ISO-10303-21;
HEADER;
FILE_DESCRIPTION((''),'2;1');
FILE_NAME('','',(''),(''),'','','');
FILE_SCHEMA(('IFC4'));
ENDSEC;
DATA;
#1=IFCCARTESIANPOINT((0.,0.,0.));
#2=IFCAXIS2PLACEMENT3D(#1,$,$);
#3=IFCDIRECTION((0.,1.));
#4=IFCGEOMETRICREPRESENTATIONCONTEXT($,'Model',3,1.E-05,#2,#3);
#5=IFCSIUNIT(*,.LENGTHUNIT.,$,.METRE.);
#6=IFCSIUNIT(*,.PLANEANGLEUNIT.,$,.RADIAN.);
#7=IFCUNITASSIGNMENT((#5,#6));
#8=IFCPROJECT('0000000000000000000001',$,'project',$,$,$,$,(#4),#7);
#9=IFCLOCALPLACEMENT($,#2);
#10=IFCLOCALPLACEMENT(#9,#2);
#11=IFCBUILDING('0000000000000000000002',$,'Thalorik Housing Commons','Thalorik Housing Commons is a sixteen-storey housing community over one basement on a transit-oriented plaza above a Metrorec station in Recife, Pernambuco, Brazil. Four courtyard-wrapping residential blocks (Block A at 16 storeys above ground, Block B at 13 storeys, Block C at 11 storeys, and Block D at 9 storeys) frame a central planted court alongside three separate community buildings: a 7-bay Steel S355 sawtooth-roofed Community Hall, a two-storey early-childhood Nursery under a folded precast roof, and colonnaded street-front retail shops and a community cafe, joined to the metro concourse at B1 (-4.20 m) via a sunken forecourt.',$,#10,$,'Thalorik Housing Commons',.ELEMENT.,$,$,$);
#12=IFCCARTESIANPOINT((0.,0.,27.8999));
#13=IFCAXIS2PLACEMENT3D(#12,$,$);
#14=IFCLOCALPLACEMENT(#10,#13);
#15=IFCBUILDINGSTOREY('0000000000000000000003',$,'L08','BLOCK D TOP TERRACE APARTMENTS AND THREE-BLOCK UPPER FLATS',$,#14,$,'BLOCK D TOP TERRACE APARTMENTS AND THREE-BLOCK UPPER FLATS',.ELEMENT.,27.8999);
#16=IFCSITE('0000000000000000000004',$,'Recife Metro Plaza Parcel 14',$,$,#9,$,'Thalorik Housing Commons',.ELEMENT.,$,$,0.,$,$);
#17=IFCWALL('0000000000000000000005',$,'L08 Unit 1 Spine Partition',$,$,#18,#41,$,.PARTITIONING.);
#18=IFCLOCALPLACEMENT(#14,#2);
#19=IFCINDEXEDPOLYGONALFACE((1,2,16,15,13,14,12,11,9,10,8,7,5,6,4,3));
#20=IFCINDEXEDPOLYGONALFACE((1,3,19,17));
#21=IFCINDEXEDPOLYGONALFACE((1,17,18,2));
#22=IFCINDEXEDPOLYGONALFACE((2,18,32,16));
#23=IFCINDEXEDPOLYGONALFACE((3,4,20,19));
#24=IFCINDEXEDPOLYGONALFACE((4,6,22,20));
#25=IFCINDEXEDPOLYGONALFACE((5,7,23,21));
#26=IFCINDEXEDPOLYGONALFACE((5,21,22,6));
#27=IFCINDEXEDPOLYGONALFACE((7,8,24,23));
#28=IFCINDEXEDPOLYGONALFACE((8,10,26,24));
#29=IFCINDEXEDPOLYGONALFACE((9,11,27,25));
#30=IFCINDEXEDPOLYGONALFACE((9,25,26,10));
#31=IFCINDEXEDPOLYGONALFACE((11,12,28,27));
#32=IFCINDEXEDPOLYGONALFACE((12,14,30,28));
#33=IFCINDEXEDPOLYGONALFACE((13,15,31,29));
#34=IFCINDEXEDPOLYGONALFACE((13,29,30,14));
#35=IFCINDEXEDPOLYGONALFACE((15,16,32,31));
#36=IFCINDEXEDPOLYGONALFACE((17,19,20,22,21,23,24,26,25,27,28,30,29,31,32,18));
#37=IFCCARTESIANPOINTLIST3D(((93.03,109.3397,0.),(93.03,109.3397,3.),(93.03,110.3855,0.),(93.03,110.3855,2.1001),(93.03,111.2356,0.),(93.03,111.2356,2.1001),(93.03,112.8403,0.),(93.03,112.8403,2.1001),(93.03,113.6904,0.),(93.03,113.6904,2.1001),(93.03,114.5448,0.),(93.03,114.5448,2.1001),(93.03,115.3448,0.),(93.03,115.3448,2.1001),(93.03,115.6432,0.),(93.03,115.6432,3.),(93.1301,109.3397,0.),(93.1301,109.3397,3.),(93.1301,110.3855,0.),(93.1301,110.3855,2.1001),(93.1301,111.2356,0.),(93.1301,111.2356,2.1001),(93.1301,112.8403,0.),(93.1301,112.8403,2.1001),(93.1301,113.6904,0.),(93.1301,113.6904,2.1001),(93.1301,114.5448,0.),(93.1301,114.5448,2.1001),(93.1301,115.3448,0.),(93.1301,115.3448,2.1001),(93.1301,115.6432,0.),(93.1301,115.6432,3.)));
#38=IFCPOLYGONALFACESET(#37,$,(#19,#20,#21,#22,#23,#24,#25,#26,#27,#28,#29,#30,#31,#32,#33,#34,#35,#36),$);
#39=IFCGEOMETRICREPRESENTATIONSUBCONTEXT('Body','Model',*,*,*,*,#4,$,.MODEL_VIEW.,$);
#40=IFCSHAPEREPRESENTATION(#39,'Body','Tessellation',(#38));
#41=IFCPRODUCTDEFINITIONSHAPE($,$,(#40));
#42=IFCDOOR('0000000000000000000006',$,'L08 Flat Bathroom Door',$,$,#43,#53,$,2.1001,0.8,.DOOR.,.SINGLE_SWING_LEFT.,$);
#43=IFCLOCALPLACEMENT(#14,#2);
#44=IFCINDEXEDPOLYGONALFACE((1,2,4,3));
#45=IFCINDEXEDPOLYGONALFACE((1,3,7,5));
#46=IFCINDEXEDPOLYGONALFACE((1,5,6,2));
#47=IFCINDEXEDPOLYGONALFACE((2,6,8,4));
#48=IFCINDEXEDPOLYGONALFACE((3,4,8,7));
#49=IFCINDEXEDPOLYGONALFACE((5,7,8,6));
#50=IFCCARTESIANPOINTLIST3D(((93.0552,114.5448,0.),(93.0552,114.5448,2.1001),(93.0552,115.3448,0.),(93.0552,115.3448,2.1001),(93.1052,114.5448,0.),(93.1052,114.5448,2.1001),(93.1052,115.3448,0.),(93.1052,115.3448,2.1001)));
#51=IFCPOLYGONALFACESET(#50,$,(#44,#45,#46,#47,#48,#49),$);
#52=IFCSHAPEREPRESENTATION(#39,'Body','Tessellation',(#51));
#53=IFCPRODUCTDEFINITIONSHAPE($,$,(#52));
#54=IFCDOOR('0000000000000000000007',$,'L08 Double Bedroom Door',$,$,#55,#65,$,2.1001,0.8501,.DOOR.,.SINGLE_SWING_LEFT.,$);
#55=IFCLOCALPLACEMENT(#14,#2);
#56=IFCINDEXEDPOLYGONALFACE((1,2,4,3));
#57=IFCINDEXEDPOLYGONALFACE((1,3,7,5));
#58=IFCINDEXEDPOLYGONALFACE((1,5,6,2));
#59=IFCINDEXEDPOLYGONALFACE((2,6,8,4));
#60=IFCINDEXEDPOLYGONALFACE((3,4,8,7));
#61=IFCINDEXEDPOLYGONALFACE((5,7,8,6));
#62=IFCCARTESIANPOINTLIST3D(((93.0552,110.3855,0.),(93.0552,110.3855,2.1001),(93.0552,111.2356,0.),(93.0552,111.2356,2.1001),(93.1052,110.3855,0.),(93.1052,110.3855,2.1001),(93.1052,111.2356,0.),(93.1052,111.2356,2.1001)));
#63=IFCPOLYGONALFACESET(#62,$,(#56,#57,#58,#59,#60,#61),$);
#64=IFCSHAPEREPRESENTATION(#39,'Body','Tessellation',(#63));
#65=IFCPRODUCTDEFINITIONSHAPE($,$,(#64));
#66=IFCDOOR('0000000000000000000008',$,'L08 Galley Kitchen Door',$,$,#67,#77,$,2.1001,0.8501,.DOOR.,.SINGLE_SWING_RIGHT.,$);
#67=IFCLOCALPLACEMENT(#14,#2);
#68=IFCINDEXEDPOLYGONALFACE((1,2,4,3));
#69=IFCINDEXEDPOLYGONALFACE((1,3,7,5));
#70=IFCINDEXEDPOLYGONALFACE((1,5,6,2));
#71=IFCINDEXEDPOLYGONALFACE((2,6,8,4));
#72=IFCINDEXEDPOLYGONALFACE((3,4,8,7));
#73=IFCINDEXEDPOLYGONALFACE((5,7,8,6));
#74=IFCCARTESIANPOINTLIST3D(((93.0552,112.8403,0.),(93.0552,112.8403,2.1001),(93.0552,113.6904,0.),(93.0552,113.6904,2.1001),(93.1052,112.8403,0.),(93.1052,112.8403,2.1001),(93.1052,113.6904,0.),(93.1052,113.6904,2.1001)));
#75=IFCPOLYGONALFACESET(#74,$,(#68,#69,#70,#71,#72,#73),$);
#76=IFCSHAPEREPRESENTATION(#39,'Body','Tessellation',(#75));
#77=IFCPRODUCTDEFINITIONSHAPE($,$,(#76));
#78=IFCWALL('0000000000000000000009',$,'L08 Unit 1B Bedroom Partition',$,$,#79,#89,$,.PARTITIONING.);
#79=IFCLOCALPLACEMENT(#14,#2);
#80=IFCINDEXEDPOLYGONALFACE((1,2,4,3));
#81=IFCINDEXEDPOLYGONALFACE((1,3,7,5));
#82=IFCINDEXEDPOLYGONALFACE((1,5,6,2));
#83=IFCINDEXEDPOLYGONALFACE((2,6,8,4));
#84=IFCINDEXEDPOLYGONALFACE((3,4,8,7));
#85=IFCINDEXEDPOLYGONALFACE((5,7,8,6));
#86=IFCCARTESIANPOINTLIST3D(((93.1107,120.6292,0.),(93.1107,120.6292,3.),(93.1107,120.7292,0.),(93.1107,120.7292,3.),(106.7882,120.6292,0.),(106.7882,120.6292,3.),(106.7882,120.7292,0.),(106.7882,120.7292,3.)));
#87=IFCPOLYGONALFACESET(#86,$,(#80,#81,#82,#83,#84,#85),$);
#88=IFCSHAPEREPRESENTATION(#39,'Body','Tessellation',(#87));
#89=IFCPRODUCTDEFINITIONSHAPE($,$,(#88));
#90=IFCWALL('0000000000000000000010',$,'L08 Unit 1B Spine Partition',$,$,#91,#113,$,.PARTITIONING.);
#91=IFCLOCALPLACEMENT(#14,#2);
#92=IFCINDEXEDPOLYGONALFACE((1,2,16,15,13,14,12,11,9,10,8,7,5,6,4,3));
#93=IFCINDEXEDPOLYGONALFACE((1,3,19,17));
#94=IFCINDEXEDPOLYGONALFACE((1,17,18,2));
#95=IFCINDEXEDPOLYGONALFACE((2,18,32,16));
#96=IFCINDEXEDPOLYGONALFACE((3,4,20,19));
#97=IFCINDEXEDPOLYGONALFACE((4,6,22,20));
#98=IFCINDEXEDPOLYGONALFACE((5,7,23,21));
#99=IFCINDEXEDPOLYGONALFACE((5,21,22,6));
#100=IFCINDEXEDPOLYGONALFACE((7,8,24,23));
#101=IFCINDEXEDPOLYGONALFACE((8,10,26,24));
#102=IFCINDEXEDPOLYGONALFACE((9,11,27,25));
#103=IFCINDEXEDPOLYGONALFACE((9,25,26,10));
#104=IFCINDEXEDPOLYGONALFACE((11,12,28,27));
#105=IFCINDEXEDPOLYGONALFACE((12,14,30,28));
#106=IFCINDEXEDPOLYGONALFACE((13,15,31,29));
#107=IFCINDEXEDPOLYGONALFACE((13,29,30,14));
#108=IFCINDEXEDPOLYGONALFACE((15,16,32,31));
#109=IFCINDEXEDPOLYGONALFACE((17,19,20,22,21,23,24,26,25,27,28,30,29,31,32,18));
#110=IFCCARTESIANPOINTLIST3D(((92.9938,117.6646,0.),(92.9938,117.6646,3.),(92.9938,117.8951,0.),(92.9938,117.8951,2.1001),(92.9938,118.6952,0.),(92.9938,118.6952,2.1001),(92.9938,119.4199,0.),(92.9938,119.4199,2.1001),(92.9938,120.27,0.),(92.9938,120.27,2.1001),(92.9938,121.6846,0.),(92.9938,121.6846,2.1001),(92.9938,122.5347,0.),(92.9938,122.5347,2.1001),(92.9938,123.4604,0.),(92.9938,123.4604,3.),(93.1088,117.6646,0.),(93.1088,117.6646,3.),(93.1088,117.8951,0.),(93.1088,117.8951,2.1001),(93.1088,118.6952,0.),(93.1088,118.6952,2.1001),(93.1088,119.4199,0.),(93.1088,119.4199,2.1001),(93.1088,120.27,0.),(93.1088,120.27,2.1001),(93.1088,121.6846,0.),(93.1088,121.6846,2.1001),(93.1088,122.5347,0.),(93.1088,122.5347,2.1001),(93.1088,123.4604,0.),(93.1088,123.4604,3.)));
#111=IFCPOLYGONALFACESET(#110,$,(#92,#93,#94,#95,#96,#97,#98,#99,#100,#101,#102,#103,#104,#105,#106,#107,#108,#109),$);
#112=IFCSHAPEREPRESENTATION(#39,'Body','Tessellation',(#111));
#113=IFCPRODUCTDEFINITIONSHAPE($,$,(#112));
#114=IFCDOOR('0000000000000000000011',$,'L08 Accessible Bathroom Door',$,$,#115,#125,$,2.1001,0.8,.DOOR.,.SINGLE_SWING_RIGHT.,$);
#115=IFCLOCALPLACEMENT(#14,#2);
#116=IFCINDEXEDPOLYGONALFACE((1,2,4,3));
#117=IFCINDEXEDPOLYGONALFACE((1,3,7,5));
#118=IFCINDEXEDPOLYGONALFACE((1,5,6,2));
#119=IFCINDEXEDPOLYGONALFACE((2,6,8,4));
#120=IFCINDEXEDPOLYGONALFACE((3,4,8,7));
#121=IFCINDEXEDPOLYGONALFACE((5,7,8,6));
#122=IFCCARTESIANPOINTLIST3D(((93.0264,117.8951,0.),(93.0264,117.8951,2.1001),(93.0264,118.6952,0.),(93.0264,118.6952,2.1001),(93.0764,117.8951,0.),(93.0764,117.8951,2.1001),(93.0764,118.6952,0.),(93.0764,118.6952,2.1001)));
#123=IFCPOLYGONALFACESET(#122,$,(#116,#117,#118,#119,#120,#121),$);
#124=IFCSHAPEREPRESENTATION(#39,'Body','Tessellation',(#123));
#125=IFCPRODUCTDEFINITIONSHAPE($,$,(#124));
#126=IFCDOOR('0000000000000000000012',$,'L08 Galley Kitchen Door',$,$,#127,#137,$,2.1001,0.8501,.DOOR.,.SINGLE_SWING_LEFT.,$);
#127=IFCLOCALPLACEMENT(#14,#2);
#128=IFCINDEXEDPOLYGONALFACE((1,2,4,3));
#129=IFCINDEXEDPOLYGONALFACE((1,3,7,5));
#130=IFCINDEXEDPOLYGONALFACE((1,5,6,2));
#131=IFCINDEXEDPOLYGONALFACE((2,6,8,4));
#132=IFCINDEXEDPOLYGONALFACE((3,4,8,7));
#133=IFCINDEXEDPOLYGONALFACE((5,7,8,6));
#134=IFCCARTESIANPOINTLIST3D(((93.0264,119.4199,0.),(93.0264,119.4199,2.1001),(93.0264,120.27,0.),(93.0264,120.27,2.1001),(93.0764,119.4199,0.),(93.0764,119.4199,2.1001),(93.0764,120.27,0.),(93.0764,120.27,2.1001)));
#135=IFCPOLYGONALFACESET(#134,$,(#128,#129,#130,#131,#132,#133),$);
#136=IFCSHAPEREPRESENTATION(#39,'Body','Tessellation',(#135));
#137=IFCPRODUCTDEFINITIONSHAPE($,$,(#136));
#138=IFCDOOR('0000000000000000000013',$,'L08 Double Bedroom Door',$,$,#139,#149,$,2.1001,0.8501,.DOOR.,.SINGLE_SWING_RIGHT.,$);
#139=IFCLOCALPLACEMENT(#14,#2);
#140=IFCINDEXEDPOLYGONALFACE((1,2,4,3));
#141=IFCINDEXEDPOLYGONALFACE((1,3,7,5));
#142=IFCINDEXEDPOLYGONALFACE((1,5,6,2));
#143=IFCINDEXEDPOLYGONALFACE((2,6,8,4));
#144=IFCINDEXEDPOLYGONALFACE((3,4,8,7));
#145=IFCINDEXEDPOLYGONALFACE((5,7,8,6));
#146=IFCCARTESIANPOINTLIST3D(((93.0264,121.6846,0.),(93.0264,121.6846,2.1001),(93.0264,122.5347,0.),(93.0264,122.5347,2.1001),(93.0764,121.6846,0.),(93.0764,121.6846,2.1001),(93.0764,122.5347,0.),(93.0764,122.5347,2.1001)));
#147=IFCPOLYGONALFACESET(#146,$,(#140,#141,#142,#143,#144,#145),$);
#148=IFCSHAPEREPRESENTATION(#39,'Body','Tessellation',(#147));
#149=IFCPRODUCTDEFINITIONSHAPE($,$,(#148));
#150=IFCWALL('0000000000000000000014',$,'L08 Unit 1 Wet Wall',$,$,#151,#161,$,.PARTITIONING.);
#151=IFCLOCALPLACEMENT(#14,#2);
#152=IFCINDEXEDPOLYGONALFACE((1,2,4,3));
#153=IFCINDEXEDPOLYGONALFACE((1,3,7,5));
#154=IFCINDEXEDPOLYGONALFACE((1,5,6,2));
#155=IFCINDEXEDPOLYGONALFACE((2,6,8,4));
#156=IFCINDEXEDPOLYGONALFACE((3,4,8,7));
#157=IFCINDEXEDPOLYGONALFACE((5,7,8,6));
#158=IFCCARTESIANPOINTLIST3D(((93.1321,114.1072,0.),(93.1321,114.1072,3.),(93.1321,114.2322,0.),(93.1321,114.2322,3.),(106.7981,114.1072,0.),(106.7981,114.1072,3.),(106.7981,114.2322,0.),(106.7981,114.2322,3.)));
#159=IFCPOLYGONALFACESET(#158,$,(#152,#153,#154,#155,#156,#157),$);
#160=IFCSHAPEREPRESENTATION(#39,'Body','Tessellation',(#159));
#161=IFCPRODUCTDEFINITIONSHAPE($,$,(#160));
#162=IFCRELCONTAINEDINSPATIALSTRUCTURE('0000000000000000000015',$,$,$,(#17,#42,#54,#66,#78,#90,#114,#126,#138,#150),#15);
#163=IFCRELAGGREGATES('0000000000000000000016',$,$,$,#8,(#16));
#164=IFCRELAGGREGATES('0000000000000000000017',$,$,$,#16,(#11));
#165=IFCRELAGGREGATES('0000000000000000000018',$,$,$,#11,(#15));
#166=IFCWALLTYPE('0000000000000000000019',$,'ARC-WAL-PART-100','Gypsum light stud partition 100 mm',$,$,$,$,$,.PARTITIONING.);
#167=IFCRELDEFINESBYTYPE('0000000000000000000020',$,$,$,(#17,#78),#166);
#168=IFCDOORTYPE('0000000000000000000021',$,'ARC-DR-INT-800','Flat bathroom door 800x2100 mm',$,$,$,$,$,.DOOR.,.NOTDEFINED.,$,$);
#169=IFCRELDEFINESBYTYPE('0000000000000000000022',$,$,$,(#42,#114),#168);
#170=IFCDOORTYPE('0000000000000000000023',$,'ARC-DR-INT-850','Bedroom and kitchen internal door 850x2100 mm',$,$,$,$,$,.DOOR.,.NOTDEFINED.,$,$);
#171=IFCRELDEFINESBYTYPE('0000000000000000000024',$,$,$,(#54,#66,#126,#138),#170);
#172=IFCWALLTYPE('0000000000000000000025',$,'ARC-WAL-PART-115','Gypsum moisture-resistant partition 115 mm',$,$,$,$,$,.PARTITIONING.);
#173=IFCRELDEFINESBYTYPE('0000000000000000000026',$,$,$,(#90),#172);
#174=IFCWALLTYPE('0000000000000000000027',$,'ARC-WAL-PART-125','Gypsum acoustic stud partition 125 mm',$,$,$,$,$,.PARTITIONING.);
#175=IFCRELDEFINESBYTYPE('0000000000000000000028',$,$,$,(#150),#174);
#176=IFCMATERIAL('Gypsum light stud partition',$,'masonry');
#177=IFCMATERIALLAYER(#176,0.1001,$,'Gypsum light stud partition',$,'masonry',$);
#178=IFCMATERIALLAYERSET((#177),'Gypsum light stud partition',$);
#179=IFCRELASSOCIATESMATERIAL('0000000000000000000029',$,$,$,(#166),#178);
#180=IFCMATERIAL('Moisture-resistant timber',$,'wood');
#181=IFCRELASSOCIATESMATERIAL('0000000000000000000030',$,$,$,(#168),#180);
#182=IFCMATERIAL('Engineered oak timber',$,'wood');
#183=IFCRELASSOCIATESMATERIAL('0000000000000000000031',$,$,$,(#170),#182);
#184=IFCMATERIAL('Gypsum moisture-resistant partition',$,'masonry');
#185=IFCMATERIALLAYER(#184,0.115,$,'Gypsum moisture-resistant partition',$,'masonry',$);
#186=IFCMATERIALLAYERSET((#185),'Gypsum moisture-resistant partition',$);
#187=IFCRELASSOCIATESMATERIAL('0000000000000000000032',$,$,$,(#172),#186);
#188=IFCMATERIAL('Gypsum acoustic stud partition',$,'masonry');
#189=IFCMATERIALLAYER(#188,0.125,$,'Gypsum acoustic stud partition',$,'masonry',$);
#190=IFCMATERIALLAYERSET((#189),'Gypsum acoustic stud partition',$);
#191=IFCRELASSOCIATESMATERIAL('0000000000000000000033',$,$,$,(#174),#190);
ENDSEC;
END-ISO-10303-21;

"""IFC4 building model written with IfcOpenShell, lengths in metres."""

from ifc_helpers import new_model, si_unit, direction, frame, frame_2d, origin, place, context, subcontext, project, spatial, rectangle, extrude, material, layer, layer_set, type_object, element, fill, save


model = new_model("IFC4")

# Units and contexts
model_context = context("Model", 3, precision=1e-05, world=origin(), true_north=direction((0.0, 1.0)))
body_context = subcontext(model_context, "Body", "Model", "MODEL_VIEW")
ifc_project = project(units=[si_unit("LENGTHUNIT", "METRE"), si_unit("PLANEANGLEUNIT", "RADIAN")], contexts=[model_context])

# Site, building, storey
site_placement = place(None, origin())
site = spatial("IfcSite", under=ifc_project, at=site_placement, Name="Recife Metro Plaza Parcel 14", LongName="Thalorik Housing Commons", CompositionType="ELEMENT", RefElevation=0.0)
building_placement = place(site_placement, origin())
building = spatial("IfcBuilding", under=site, at=building_placement, Name="Thalorik Housing Commons", Description="Thalorik Housing Commons is a sixteen-storey housing community over one basement on a transit-oriented plaza above a Metrorec station in Recife, Pernambuco, Brazil. Four courtyard-wrapping residential blocks (Block A at 16 storeys above ground, Block B at 13 storeys, Block C at 11 storeys, and Block D at 9 storeys) frame a central planted court alongside three separate community buildings: a 7-bay Steel S355 sawtooth-roofed Community Hall, a two-storey early-childhood Nursery under a folded precast roof, and colonnaded street-front retail shops and a community cafe, joined to the metro concourse at B1 (-4.20 m) via a sunken forecourt.", LongName="Thalorik Housing Commons", CompositionType="ELEMENT")
storey_placement = place(building_placement, frame((0.0, 0.0, 27.8999)))
storey = spatial("IfcBuildingStorey", under=building, at=storey_placement, Name="L08", Description="BLOCK D TOP TERRACE APARTMENTS AND THREE-BLOCK UPPER FLATS", LongName="BLOCK D TOP TERRACE APARTMENTS AND THREE-BLOCK UPPER FLATS", CompositionType="ELEMENT", Elevation=27.8999)

# Wall, openings, doors
ifc_material_1 = material(Name="Gypsum light stud partition", Category="masonry")
ifc_layer_1 = layer(ifc_material_1, 0.1001, Name="Gypsum light stud partition", Category="masonry")
ifc_layer_set_1 = layer_set([ifc_layer_1], Name="Gypsum light stud partition")
wall_type_1 = type_object("IfcWallType", Name="ARC-WAL-PART-100", Description="Gypsum light stud partition 100 mm", PredefinedType="PARTITIONING", material=ifc_layer_set_1)
wall_1_placement = place(storey_placement, frame((93.0801, 109.3396, 0.0), z_axis=(0.0, 0.0, 1.0), x_axis=(0.0, 1.0, 0.0)))
wall_1 = element("IfcWall", 1, at=wall_1_placement, inside=storey, type_object=wall_type_1, Name="L08 Unit 1 Spine Partition", PredefinedType="PARTITIONING", context=body_context, shape_type="SweptSolid", body=[
    extrude(rectangle(XDim=6.3035, YDim=0.1001, at=frame_2d((3.1519, 0.0))), origin(), (0.0, 0.0, 1.0), 3.0),
])
opening_1_placement = place(wall_1_placement, frame((1.0459, 0.0, 0.0)))
opening_1 = element("IfcOpeningElement", 2, at=opening_1_placement, cuts=wall_1, PredefinedType="OPENING", context=body_context, shape_type="SweptSolid", body=[
    extrude(rectangle(XDim=0.8501, YDim=2.1001, at=frame_2d((0.425, 1.05))), frame((0.0, 0.0601, 0.0), z_axis=(0.0, -1.0, 0.0), x_axis=(1.0, 0.0, 0.0)), (0.0, 0.0, 1.0), 0.1201),
])
opening_2_placement = place(wall_1_placement, frame((3.5007, 0.0, 0.0)))
opening_2 = element("IfcOpeningElement", 3, at=opening_2_placement, cuts=wall_1, PredefinedType="OPENING", context=body_context, shape_type="SweptSolid", body=[
    extrude(rectangle(XDim=0.8501, YDim=2.1001, at=frame_2d((0.425, 1.05))), frame((0.0, 0.0601, 0.0), z_axis=(0.0, -1.0, 0.0), x_axis=(1.0, 0.0, 0.0)), (0.0, 0.0, 1.0), 0.1201),
])
opening_3_placement = place(wall_1_placement, frame((5.2053, 0.0, 0.0)))
opening_3 = element("IfcOpeningElement", 4, at=opening_3_placement, cuts=wall_1, PredefinedType="OPENING", context=body_context, shape_type="SweptSolid", body=[
    extrude(rectangle(XDim=0.8, YDim=2.1001, at=frame_2d((0.3999, 1.05))), frame((0.0, 0.0601, 0.0), z_axis=(0.0, -1.0, 0.0), x_axis=(1.0, 0.0, 0.0)), (0.0, 0.0, 1.0), 0.1201),
])
ifc_material_2 = material(Name="Moisture-resistant timber", Category="wood")
door_type_1 = type_object("IfcDoorType", Name="ARC-DR-INT-800", Description="Flat bathroom door 800x2100 mm", OperationType="NOTDEFINED", PredefinedType="DOOR", material=ifc_material_2)
door_1_placement = place(opening_3_placement, origin())
door_1 = element("IfcDoor", 5, at=door_1_placement, inside=storey, type_object=door_type_1, Name="L08 Flat Bathroom Door", OperationType="SINGLE_SWING_LEFT", OverallHeight=2.1001, OverallWidth=0.8, PredefinedType="DOOR", context=body_context, shape_type="SweptSolid", body=[
    extrude(rectangle(XDim=0.8, YDim=2.1001, at=frame_2d((0.3999, 1.05))), frame((0.0, 0.0249, 0.0), z_axis=(0.0, -1.0, 0.0), x_axis=(1.0, 0.0, 0.0)), (0.0, 0.0, 1.0), 0.05),
])
fill(opening_3, door_1)
ifc_material_3 = material(Name="Engineered oak timber", Category="wood")
door_type_2 = type_object("IfcDoorType", Name="ARC-DR-INT-850", Description="Bedroom and kitchen internal door 850x2100 mm", OperationType="NOTDEFINED", PredefinedType="DOOR", material=ifc_material_3)
door_2_placement = place(opening_1_placement, origin())
door_2 = element("IfcDoor", 6, at=door_2_placement, inside=storey, type_object=door_type_2, Name="L08 Double Bedroom Door", OperationType="SINGLE_SWING_LEFT", OverallHeight=2.1001, OverallWidth=0.8501, PredefinedType="DOOR", context=body_context, shape_type="SweptSolid", body=[
    extrude(rectangle(XDim=0.8501, YDim=2.1001, at=frame_2d((0.425, 1.05))), frame((0.0, 0.0249, 0.0), z_axis=(0.0, -1.0, 0.0), x_axis=(1.0, 0.0, 0.0)), (0.0, 0.0, 1.0), 0.05),
])
fill(opening_1, door_2)
door_3_placement = place(opening_2_placement, origin())
door_3 = element("IfcDoor", 7, at=door_3_placement, inside=storey, type_object=door_type_2, Name="L08 Galley Kitchen Door", OperationType="SINGLE_SWING_RIGHT", OverallHeight=2.1001, OverallWidth=0.8501, PredefinedType="DOOR", context=body_context, shape_type="SweptSolid", body=[
    extrude(rectangle(XDim=0.8501, YDim=2.1001, at=frame_2d((0.425, 1.05))), frame((0.0, 0.0249, 0.0), z_axis=(0.0, -1.0, 0.0), x_axis=(1.0, 0.0, 0.0)), (0.0, 0.0, 1.0), 0.05),
])
fill(opening_2, door_3)

# Wall
wall_2_placement = place(storey_placement, frame((93.1106, 120.6792, 0.0), z_axis=(0.0, 0.0, 1.0), x_axis=(1.0, 0.0, 0.0)))
element("IfcWall", 8, at=wall_2_placement, inside=storey, type_object=wall_type_1, Name="L08 Unit 1B Bedroom Partition", PredefinedType="PARTITIONING", context=body_context, shape_type="SweptSolid", body=[
    extrude(rectangle(XDim=13.6775, YDim=0.1001, at=frame_2d((6.8389, 0.0))), origin(), (0.0, 0.0, 1.0), 3.0),
])

# Wall, openings, doors
ifc_material_4 = material(Name="Gypsum moisture-resistant partition", Category="masonry")
ifc_layer_2 = layer(ifc_material_4, 0.115, Name="Gypsum moisture-resistant partition", Category="masonry")
ifc_layer_set_2 = layer_set([ifc_layer_2], Name="Gypsum moisture-resistant partition")
wall_type_2 = type_object("IfcWallType", Name="ARC-WAL-PART-115", Description="Gypsum moisture-resistant partition 115 mm", PredefinedType="PARTITIONING", material=ifc_layer_set_2)
wall_3_placement = place(storey_placement, frame((93.0513, 117.6646, 0.0), z_axis=(0.0, 0.0, 1.0), x_axis=(0.0, 1.0, 0.0)))
wall_3 = element("IfcWall", 9, at=wall_3_placement, inside=storey, type_object=wall_type_2, Name="L08 Unit 1B Spine Partition", PredefinedType="PARTITIONING", context=body_context, shape_type="SweptSolid", body=[
    extrude(rectangle(XDim=5.7959, YDim=0.115, at=frame_2d((2.8979, 0.0))), origin(), (0.0, 0.0, 1.0), 3.0),
])
opening_4_placement = place(wall_3_placement, frame((0.2307, 0.0, 0.0)))
opening_4 = element("IfcOpeningElement", 10, at=opening_4_placement, cuts=wall_3, PredefinedType="OPENING", context=body_context, shape_type="SweptSolid", body=[
    extrude(rectangle(XDim=0.8, YDim=2.1001, at=frame_2d((0.3999, 1.05))), frame((0.0, 0.0674, 0.0), z_axis=(0.0, -1.0, 0.0), x_axis=(1.0, 0.0, 0.0)), (0.0, 0.0, 1.0), 0.135),
])
opening_5_placement = place(wall_3_placement, frame((1.7554, 0.0, 0.0)))
opening_5 = element("IfcOpeningElement", 11, at=opening_5_placement, cuts=wall_3, PredefinedType="OPENING", context=body_context, shape_type="SweptSolid", body=[
    extrude(rectangle(XDim=0.8501, YDim=2.1001, at=frame_2d((0.425, 1.05))), frame((0.0, 0.0674, 0.0), z_axis=(0.0, -1.0, 0.0), x_axis=(1.0, 0.0, 0.0)), (0.0, 0.0, 1.0), 0.135),
])
opening_6_placement = place(wall_3_placement, frame((4.02, 0.0, 0.0)))
opening_6 = element("IfcOpeningElement", 12, at=opening_6_placement, cuts=wall_3, PredefinedType="OPENING", context=body_context, shape_type="SweptSolid", body=[
    extrude(rectangle(XDim=0.8501, YDim=2.1001, at=frame_2d((0.425, 1.05))), frame((0.0, 0.0674, 0.0), z_axis=(0.0, -1.0, 0.0), x_axis=(1.0, 0.0, 0.0)), (0.0, 0.0, 1.0), 0.135),
])
door_4_placement = place(opening_4_placement, origin())
door_4 = element("IfcDoor", 13, at=door_4_placement, inside=storey, type_object=door_type_1, Name="L08 Accessible Bathroom Door", OperationType="SINGLE_SWING_RIGHT", OverallHeight=2.1001, OverallWidth=0.8, PredefinedType="DOOR", context=body_context, shape_type="SweptSolid", body=[
    extrude(rectangle(XDim=0.8, YDim=2.1001, at=frame_2d((0.3999, 1.05))), frame((0.0, 0.0249, 0.0), z_axis=(0.0, -1.0, 0.0), x_axis=(1.0, 0.0, 0.0)), (0.0, 0.0, 1.0), 0.05),
])
fill(opening_4, door_4)
door_5_placement = place(opening_5_placement, origin())
door_5 = element("IfcDoor", 14, at=door_5_placement, inside=storey, type_object=door_type_2, Name="L08 Galley Kitchen Door", OperationType="SINGLE_SWING_LEFT", OverallHeight=2.1001, OverallWidth=0.8501, PredefinedType="DOOR", context=body_context, shape_type="SweptSolid", body=[
    extrude(rectangle(XDim=0.8501, YDim=2.1001, at=frame_2d((0.425, 1.05))), frame((0.0, 0.0249, 0.0), z_axis=(0.0, -1.0, 0.0), x_axis=(1.0, 0.0, 0.0)), (0.0, 0.0, 1.0), 0.05),
])
fill(opening_5, door_5)
door_6_placement = place(opening_6_placement, origin())
door_6 = element("IfcDoor", 15, at=door_6_placement, inside=storey, type_object=door_type_2, Name="L08 Double Bedroom Door", OperationType="SINGLE_SWING_RIGHT", OverallHeight=2.1001, OverallWidth=0.8501, PredefinedType="DOOR", context=body_context, shape_type="SweptSolid", body=[
    extrude(rectangle(XDim=0.8501, YDim=2.1001, at=frame_2d((0.425, 1.05))), frame((0.0, 0.0249, 0.0), z_axis=(0.0, -1.0, 0.0), x_axis=(1.0, 0.0, 0.0)), (0.0, 0.0, 1.0), 0.05),
])
fill(opening_6, door_6)

# Wall
ifc_material_5 = material(Name="Gypsum acoustic stud partition", Category="masonry")
ifc_layer_3 = layer(ifc_material_5, 0.125, Name="Gypsum acoustic stud partition", Category="masonry")
ifc_layer_set_3 = layer_set([ifc_layer_3], Name="Gypsum acoustic stud partition")
wall_type_3 = type_object("IfcWallType", Name="ARC-WAL-PART-125", Description="Gypsum acoustic stud partition 125 mm", PredefinedType="PARTITIONING", material=ifc_layer_set_3)
wall_4_placement = place(storey_placement, frame((93.1321, 114.1697, 0.0), z_axis=(0.0, 0.0, 1.0), x_axis=(1.0, 0.0, 0.0)))
element("IfcWall", 16, at=wall_4_placement, inside=storey, type_object=wall_type_3, Name="L08 Unit 1 Wet Wall", PredefinedType="PARTITIONING", context=body_context, shape_type="SweptSolid", body=[
    extrude(rectangle(XDim=13.666, YDim=0.125, at=frame_2d((6.833, 0.0))), origin(), (0.0, 0.0, 1.0), 3.0),
])

save(model, "model.ifc")
